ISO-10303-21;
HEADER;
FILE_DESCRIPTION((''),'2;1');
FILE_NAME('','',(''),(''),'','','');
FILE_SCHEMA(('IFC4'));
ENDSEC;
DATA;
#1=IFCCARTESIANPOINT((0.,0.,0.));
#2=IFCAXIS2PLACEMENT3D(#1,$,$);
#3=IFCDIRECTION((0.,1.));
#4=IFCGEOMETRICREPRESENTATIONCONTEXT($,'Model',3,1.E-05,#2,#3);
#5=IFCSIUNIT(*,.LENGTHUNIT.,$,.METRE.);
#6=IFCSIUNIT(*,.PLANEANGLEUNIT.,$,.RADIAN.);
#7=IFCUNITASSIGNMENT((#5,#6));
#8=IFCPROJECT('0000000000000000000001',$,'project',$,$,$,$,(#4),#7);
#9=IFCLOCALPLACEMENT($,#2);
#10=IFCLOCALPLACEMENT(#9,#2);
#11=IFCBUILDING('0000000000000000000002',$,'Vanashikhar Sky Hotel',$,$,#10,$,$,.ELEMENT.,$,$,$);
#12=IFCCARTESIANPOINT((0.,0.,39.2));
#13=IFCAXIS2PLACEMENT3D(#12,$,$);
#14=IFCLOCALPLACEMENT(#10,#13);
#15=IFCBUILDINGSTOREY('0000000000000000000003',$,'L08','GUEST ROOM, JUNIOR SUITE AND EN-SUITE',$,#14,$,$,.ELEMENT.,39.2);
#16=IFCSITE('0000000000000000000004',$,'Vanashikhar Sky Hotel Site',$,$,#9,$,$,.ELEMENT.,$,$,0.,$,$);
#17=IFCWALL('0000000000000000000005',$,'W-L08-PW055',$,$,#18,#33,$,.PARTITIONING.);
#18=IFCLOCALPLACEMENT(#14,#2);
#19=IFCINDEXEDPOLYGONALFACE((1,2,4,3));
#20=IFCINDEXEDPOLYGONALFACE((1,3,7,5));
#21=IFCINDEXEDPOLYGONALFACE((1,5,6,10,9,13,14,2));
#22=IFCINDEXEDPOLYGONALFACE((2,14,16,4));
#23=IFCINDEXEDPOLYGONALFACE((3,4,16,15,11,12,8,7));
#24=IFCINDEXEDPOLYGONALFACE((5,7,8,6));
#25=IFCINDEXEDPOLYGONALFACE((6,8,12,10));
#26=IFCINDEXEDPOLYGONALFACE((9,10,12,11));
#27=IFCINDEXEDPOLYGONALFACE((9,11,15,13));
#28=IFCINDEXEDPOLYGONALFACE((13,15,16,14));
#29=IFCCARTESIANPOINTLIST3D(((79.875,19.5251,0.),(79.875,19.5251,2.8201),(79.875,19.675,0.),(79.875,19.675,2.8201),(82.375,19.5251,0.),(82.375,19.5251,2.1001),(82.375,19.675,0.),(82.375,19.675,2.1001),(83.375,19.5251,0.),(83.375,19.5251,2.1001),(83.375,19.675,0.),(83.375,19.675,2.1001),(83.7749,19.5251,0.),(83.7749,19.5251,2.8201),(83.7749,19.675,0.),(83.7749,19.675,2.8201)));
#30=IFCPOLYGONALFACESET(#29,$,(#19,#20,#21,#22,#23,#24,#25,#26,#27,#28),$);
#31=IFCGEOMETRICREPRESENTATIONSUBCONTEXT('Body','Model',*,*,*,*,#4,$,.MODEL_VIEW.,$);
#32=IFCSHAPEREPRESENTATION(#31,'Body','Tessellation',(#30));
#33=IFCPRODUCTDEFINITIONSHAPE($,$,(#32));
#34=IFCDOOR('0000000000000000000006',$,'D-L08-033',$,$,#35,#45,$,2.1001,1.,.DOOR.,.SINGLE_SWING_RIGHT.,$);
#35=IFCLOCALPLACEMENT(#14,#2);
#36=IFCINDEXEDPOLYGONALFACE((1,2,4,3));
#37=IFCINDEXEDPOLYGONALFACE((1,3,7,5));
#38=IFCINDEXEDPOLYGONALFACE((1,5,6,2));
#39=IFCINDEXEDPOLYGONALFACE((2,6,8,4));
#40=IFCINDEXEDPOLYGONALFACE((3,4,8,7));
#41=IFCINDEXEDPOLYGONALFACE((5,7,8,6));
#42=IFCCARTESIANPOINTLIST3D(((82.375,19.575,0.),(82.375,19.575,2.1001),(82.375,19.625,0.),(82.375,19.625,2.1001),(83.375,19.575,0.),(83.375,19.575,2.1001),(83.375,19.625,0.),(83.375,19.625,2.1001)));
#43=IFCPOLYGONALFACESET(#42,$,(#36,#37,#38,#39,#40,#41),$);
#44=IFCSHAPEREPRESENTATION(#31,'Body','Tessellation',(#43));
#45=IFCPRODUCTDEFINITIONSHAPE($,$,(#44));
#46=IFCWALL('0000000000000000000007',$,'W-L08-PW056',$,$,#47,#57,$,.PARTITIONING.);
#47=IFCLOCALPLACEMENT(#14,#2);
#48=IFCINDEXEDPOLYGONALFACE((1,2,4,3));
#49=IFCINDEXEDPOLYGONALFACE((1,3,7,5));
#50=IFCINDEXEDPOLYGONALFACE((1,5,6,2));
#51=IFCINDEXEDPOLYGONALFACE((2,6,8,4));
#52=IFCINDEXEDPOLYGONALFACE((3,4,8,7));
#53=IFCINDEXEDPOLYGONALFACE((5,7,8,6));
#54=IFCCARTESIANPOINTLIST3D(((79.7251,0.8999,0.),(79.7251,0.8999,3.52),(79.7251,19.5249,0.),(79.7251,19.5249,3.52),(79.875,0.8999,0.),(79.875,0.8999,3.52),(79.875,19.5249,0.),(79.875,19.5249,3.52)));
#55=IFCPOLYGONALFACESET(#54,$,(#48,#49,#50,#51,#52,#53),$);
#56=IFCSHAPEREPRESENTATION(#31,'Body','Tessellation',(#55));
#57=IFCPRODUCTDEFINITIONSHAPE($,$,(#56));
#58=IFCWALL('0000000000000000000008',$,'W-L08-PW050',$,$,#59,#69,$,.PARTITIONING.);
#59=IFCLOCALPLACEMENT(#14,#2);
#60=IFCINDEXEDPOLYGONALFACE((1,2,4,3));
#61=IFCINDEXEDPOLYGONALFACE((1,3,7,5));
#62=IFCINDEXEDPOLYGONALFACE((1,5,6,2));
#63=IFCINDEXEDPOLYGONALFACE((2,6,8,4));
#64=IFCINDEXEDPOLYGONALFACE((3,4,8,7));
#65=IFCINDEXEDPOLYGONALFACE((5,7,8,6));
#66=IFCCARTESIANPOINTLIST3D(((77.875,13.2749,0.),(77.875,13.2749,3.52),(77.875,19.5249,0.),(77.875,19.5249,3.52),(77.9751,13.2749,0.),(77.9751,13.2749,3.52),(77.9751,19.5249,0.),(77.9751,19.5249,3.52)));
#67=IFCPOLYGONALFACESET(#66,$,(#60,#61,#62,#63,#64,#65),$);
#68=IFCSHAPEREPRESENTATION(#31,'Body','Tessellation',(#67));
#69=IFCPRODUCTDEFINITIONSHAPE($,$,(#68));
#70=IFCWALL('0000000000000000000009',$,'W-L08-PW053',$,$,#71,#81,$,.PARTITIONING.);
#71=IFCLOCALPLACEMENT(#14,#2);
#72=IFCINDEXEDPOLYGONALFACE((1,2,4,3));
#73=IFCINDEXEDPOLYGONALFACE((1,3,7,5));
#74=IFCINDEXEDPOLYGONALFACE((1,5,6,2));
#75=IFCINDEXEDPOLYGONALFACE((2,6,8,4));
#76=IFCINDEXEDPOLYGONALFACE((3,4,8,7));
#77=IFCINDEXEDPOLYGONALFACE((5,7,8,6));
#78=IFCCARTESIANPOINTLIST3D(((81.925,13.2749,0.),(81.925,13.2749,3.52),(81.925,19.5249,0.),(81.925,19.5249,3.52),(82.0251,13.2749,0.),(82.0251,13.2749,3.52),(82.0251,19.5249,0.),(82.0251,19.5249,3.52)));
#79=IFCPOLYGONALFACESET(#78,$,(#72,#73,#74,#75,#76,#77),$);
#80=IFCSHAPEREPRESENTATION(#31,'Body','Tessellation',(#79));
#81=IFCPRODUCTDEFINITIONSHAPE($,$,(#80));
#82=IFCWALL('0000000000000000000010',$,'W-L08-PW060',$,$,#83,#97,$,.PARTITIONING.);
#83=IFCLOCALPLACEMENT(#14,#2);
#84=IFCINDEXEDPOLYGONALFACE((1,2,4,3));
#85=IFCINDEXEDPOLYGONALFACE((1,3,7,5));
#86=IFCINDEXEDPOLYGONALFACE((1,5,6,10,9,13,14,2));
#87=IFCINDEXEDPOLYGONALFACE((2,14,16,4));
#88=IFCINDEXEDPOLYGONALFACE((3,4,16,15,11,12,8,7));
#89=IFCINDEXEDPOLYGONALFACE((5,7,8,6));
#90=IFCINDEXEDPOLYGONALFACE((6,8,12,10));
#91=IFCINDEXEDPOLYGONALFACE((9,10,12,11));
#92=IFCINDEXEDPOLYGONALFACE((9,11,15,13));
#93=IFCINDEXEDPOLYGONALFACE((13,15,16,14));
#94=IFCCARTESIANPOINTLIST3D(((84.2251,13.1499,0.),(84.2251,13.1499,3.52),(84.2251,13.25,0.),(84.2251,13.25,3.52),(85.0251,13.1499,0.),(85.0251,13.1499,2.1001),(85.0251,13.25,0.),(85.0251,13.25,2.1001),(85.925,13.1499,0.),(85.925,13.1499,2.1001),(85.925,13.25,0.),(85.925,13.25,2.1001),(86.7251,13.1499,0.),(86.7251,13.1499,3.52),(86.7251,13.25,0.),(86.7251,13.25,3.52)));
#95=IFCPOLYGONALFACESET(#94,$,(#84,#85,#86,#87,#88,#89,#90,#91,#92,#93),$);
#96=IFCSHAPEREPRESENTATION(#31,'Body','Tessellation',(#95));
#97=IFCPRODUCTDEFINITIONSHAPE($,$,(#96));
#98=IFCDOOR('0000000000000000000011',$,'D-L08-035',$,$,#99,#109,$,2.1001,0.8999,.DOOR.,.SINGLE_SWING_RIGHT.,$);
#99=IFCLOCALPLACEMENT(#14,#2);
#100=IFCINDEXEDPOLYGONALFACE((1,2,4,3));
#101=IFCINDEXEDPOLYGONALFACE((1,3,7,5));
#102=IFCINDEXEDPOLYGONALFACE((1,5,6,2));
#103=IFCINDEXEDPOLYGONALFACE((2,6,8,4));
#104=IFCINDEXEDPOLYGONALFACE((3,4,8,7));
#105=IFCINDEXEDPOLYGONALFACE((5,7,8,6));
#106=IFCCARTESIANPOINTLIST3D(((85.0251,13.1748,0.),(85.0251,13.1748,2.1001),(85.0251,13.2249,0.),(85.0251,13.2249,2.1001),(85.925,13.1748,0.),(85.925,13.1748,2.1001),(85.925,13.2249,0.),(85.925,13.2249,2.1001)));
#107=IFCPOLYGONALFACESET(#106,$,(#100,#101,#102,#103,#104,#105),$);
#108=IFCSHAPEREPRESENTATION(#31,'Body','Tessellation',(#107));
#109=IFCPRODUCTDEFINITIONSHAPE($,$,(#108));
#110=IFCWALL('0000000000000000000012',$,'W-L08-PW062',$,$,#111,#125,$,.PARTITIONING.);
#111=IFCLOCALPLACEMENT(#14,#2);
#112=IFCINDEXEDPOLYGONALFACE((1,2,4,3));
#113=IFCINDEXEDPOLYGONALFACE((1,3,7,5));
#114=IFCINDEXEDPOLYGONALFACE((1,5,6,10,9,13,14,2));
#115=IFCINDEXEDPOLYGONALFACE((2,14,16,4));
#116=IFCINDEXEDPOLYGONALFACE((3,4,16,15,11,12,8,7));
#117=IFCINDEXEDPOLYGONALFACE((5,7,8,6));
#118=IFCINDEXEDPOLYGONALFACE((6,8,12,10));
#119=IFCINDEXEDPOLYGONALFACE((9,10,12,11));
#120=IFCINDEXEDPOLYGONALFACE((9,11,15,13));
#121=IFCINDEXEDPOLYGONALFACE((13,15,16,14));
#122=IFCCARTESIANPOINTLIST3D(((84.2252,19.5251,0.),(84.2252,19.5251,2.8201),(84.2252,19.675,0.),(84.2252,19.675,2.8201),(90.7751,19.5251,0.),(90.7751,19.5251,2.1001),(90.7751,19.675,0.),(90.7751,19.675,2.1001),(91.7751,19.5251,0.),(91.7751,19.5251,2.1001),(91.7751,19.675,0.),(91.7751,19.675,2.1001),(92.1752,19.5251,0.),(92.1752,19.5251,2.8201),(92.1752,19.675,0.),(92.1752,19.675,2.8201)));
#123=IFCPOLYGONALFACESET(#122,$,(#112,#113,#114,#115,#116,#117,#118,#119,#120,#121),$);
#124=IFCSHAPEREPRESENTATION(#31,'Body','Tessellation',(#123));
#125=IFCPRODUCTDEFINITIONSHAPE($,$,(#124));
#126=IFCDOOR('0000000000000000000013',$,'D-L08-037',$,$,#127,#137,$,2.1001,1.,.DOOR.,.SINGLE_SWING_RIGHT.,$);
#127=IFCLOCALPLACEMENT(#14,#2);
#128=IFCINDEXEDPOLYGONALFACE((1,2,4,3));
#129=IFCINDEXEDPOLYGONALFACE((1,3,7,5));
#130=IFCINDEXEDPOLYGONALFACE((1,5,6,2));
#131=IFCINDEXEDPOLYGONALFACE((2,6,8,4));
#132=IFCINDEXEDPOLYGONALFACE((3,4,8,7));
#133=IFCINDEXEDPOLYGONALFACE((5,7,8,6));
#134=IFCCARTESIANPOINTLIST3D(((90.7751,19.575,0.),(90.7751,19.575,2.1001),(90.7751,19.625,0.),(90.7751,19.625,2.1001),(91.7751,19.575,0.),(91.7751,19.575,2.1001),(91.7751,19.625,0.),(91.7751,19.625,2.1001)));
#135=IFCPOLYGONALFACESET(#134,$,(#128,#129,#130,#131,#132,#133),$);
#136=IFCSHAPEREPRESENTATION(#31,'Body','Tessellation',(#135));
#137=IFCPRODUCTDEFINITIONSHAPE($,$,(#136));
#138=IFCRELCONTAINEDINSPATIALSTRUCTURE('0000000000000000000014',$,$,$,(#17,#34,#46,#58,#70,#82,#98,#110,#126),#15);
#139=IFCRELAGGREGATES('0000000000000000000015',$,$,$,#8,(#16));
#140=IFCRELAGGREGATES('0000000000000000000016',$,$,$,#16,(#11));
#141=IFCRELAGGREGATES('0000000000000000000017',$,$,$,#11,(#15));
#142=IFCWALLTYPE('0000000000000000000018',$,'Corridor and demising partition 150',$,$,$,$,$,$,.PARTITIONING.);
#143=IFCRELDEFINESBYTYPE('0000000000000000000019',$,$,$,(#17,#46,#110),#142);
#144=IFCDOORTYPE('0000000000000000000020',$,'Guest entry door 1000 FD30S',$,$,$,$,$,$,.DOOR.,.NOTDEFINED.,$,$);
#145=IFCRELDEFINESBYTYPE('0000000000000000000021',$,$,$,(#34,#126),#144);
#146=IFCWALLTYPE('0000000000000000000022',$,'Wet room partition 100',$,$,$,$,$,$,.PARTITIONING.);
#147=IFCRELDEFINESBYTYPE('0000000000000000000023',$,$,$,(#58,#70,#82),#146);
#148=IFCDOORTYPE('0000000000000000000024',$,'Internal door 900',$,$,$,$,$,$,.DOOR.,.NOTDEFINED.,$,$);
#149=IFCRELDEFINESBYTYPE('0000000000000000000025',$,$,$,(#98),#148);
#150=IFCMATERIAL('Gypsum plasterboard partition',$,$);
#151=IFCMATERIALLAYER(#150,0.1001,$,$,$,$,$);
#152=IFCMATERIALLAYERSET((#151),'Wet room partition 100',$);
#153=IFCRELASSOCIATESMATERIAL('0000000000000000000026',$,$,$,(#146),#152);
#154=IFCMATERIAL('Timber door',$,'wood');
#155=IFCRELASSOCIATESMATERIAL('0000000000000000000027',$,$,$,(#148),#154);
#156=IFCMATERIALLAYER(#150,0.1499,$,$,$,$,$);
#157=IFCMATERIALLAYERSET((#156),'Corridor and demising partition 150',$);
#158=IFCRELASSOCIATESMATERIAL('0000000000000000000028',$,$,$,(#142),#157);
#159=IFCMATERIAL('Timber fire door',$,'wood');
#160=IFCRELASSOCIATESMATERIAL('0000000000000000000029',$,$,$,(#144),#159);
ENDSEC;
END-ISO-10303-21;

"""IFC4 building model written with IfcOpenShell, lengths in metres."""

from ifc_helpers import new_model, si_unit, direction, frame, frame_2d, origin, place, context, subcontext, project, spatial, rectangle, extrude, source, transform, mapped, material, layer, layer_set, type_object, element, fill, save


model = new_model("IFC4")

# Units and contexts
model_context = context("Model", 3, precision=1e-05, world=origin(), true_north=direction((0.0, 1.0)))
body_context = subcontext(model_context, "Body", "Model", "MODEL_VIEW")
ifc_project = project(units=[si_unit("LENGTHUNIT", "METRE"), si_unit("PLANEANGLEUNIT", "RADIAN")], contexts=[model_context])

# Site, building, storey
site_placement = place(None, origin())
site = spatial("IfcSite", under=ifc_project, at=site_placement, Name="Vanashikhar Sky Hotel Site", CompositionType="ELEMENT", RefElevation=0.0)
building_placement = place(site_placement, origin())
building = spatial("IfcBuilding", under=site, at=building_placement, Name="Vanashikhar Sky Hotel", CompositionType="ELEMENT")
storey_placement = place(building_placement, frame((0.0, 0.0, 39.2)))
storey = spatial("IfcBuildingStorey", under=building, at=storey_placement, Name="L08", Description="GUEST ROOM, JUNIOR SUITE AND EN-SUITE", CompositionType="ELEMENT", Elevation=39.2)

# Wall, opening, door
ifc_material_1 = material(Name="Gypsum plasterboard partition")
ifc_layer_1 = layer(ifc_material_1, 0.1001)
ifc_layer_set_1 = layer_set([ifc_layer_1], Name="Wet room partition 100")
wall_type_1 = type_object("IfcWallType", Name="Wet room partition 100", PredefinedType="PARTITIONING", material=ifc_layer_set_1)
shared_shape_1 = source(origin(), body_context, "Body", "SweptSolid", [
    extrude(rectangle(XDim=0.8999, YDim=2.1001, at=frame_2d((0.45, 1.05))), frame((0.0, 0.0601, 0.0), z_axis=(0.0, -1.0, 0.0), x_axis=(1.0, 0.0, 0.0)), (0.0, 0.0, 1.0), 0.1201),
])
ifc_material_2 = material(Name="Timber door", Category="wood")
door_type_1 = type_object("IfcDoorType", Name="Internal door 900", OperationType="NOTDEFINED", PredefinedType="DOOR", material=ifc_material_2)
shared_shape_2 = source(origin(), body_context, "Body", "SweptSolid", [
    extrude(rectangle(XDim=0.8999, YDim=2.1001, at=frame_2d((0.45, 1.05))), frame((0.0, 0.0249, 0.0), z_axis=(0.0, -1.0, 0.0), x_axis=(1.0, 0.0, 0.0)), (0.0, 0.0, 1.0), 0.05),
])
ifc_layer_2 = layer(ifc_material_1, 0.1499)
ifc_layer_set_2 = layer_set([ifc_layer_2], Name="Corridor and demising partition 150")
wall_type_2 = type_object("IfcWallType", Name="Corridor and demising partition 150", PredefinedType="PARTITIONING", material=ifc_layer_set_2)
shared_shape_3 = source(origin(), body_context, "Body", "SweptSolid", [
    extrude(rectangle(XDim=1.0, YDim=2.1001, at=frame_2d((0.5, 1.05))), frame((0.0, 0.085, 0.0), z_axis=(0.0, -1.0, 0.0), x_axis=(1.0, 0.0, 0.0)), (0.0, 0.0, 1.0), 0.1699),
])
ifc_material_3 = material(Name="Timber fire door", Category="wood")
door_type_2 = type_object("IfcDoorType", Name="Guest entry door 1000 FD30S", OperationType="NOTDEFINED", PredefinedType="DOOR", material=ifc_material_3)
shared_shape_4 = source(origin(), body_context, "Body", "SweptSolid", [
    extrude(rectangle(XDim=1.0, YDim=2.1001, at=frame_2d((0.5, 1.05))), frame((0.0, 0.0249, 0.0), z_axis=(0.0, -1.0, 0.0), x_axis=(1.0, 0.0, 0.0)), (0.0, 0.0, 1.0), 0.05),
])
shared_shape_5 = source(origin(), body_context, "Body", "SweptSolid", [
    extrude(rectangle(XDim=3.8999, YDim=0.1499, at=frame_2d((1.95, 0.0))), origin(), (0.0, 0.0, 1.0), 2.8201),
])
wall_1_placement = place(storey_placement, frame((79.875, 19.6001, 0.0), z_axis=(0.0, 0.0, 1.0), x_axis=(1.0, 0.0, 0.0)))
wall_1 = element("IfcWall", 1, at=wall_1_placement, inside=storey, type_object=wall_type_2, Name="W-L08-PW055", PredefinedType="PARTITIONING", context=body_context, shape_type="MappedRepresentation", body=[
    mapped(shared_shape_5, transform((0.0, 0.0, 0.0), scale=1.0)),
])
opening_1_placement = place(wall_1_placement, frame((2.5, 0.0, 0.0)))
opening_1 = element("IfcOpeningElement", 2, at=opening_1_placement, cuts=wall_1, PredefinedType="OPENING", context=body_context, shape_type="MappedRepresentation", body=[
    mapped(shared_shape_3, transform((0.0, 0.0, 0.0), scale=1.0)),
])
door_1_placement = place(opening_1_placement, origin())
door_1 = element("IfcDoor", 3, at=door_1_placement, inside=storey, type_object=door_type_2, Name="D-L08-033", OperationType="SINGLE_SWING_RIGHT", OverallHeight=2.1001, OverallWidth=1.0, PredefinedType="DOOR", context=body_context, shape_type="MappedRepresentation", body=[
    mapped(shared_shape_4, transform((0.0, 0.0, 0.0), scale=1.0)),
])
fill(opening_1, door_1)

# Walls
shared_shape_6 = source(origin(), body_context, "Body", "SweptSolid", [
    extrude(rectangle(XDim=18.625, YDim=0.1499, at=frame_2d((9.3125, 0.0))), origin(), (0.0, 0.0, 1.0), 3.52),
])
wall_2_placement = place(storey_placement, frame((79.8, 0.8999, 0.0), z_axis=(0.0, 0.0, 1.0), x_axis=(0.0, 1.0, 0.0)))
element("IfcWall", 4, at=wall_2_placement, inside=storey, type_object=wall_type_2, Name="W-L08-PW056", PredefinedType="PARTITIONING", context=body_context, shape_type="MappedRepresentation", body=[
    mapped(shared_shape_6, transform((0.0, 0.0, 0.0), scale=1.0)),
])
shared_shape_7 = source(origin(), body_context, "Body", "SweptSolid", [
    extrude(rectangle(XDim=6.25, YDim=0.1001, at=frame_2d((3.125, 0.0))), origin(), (0.0, 0.0, 1.0), 3.52),
])
for number, where, z_axis, x_axis, name in (
    (5, (77.925, 13.2749, 0.0), (0.0, 0.0, 1.0), (0.0, 1.0, 0.0), "W-L08-PW050"),
    (6, (81.9751, 13.2749, 0.0), (0.0, 0.0, 1.0), (0.0, 1.0, 0.0), "W-L08-PW053"),
):
    element("IfcWall", number, at=place(storey_placement, frame(where, z_axis=z_axis, x_axis=x_axis)), inside=storey, type_object=wall_type_1, Name=name, PredefinedType="PARTITIONING", context=body_context, shape_type="MappedRepresentation", body=[
        mapped(shared_shape_7, transform((0.0, 0.0, 0.0), scale=1.0)),
    ])

# Walls, openings, doors
shared_shape_8 = source(origin(), body_context, "Body", "SweptSolid", [
    extrude(rectangle(XDim=2.5, YDim=0.1001, at=frame_2d((1.25, 0.0))), origin(), (0.0, 0.0, 1.0), 3.52),
])
wall_3_placement = place(storey_placement, frame((84.2251, 13.2, 0.0), z_axis=(0.0, 0.0, 1.0), x_axis=(1.0, 0.0, 0.0)))
wall_3 = element("IfcWall", 7, at=wall_3_placement, inside=storey, type_object=wall_type_1, Name="W-L08-PW060", PredefinedType="PARTITIONING", context=body_context, shape_type="MappedRepresentation", body=[
    mapped(shared_shape_8, transform((0.0, 0.0, 0.0), scale=1.0)),
])
opening_2_placement = place(wall_3_placement, frame((0.8, 0.0, 0.0)))
opening_2 = element("IfcOpeningElement", 8, at=opening_2_placement, cuts=wall_3, PredefinedType="OPENING", context=body_context, shape_type="MappedRepresentation", body=[
    mapped(shared_shape_1, transform((0.0, 0.0, 0.0), scale=1.0)),
])
door_2_placement = place(opening_2_placement, origin())
door_2 = element("IfcDoor", 9, at=door_2_placement, inside=storey, type_object=door_type_1, Name="D-L08-035", OperationType="SINGLE_SWING_RIGHT", OverallHeight=2.1001, OverallWidth=0.8999, PredefinedType="DOOR", context=body_context, shape_type="MappedRepresentation", body=[
    mapped(shared_shape_2, transform((0.0, 0.0, 0.0), scale=1.0)),
])
fill(opening_2, door_2)
shared_shape_9 = source(origin(), body_context, "Body", "SweptSolid", [
    extrude(rectangle(XDim=7.95, YDim=0.1499, at=frame_2d((3.9751, 0.0))), origin(), (0.0, 0.0, 1.0), 2.8201),
])
wall_4_placement = place(storey_placement, frame((84.2251, 19.6001, 0.0), z_axis=(0.0, 0.0, 1.0), x_axis=(1.0, 0.0, 0.0)))
wall_4 = element("IfcWall", 10, at=wall_4_placement, inside=storey, type_object=wall_type_2, Name="W-L08-PW062", PredefinedType="PARTITIONING", context=body_context, shape_type="MappedRepresentation", body=[
    mapped(shared_shape_9, transform((0.0, 0.0, 0.0), scale=1.0)),
])
opening_3_placement = place(wall_4_placement, frame((6.55, 0.0, 0.0)))
opening_3 = element("IfcOpeningElement", 11, at=opening_3_placement, cuts=wall_4, PredefinedType="OPENING", context=body_context, shape_type="MappedRepresentation", body=[
    mapped(shared_shape_3, transform((0.0, 0.0, 0.0), scale=1.0)),
])
door_3_placement = place(opening_3_placement, origin())
door_3 = element("IfcDoor", 12, at=door_3_placement, inside=storey, type_object=door_type_2, Name="D-L08-037", OperationType="SINGLE_SWING_RIGHT", OverallHeight=2.1001, OverallWidth=1.0, PredefinedType="DOOR", context=body_context, shape_type="MappedRepresentation", body=[
    mapped(shared_shape_4, transform((0.0, 0.0, 0.0), scale=1.0)),
])
fill(opening_3, door_3)

save(model, "model.ifc")
